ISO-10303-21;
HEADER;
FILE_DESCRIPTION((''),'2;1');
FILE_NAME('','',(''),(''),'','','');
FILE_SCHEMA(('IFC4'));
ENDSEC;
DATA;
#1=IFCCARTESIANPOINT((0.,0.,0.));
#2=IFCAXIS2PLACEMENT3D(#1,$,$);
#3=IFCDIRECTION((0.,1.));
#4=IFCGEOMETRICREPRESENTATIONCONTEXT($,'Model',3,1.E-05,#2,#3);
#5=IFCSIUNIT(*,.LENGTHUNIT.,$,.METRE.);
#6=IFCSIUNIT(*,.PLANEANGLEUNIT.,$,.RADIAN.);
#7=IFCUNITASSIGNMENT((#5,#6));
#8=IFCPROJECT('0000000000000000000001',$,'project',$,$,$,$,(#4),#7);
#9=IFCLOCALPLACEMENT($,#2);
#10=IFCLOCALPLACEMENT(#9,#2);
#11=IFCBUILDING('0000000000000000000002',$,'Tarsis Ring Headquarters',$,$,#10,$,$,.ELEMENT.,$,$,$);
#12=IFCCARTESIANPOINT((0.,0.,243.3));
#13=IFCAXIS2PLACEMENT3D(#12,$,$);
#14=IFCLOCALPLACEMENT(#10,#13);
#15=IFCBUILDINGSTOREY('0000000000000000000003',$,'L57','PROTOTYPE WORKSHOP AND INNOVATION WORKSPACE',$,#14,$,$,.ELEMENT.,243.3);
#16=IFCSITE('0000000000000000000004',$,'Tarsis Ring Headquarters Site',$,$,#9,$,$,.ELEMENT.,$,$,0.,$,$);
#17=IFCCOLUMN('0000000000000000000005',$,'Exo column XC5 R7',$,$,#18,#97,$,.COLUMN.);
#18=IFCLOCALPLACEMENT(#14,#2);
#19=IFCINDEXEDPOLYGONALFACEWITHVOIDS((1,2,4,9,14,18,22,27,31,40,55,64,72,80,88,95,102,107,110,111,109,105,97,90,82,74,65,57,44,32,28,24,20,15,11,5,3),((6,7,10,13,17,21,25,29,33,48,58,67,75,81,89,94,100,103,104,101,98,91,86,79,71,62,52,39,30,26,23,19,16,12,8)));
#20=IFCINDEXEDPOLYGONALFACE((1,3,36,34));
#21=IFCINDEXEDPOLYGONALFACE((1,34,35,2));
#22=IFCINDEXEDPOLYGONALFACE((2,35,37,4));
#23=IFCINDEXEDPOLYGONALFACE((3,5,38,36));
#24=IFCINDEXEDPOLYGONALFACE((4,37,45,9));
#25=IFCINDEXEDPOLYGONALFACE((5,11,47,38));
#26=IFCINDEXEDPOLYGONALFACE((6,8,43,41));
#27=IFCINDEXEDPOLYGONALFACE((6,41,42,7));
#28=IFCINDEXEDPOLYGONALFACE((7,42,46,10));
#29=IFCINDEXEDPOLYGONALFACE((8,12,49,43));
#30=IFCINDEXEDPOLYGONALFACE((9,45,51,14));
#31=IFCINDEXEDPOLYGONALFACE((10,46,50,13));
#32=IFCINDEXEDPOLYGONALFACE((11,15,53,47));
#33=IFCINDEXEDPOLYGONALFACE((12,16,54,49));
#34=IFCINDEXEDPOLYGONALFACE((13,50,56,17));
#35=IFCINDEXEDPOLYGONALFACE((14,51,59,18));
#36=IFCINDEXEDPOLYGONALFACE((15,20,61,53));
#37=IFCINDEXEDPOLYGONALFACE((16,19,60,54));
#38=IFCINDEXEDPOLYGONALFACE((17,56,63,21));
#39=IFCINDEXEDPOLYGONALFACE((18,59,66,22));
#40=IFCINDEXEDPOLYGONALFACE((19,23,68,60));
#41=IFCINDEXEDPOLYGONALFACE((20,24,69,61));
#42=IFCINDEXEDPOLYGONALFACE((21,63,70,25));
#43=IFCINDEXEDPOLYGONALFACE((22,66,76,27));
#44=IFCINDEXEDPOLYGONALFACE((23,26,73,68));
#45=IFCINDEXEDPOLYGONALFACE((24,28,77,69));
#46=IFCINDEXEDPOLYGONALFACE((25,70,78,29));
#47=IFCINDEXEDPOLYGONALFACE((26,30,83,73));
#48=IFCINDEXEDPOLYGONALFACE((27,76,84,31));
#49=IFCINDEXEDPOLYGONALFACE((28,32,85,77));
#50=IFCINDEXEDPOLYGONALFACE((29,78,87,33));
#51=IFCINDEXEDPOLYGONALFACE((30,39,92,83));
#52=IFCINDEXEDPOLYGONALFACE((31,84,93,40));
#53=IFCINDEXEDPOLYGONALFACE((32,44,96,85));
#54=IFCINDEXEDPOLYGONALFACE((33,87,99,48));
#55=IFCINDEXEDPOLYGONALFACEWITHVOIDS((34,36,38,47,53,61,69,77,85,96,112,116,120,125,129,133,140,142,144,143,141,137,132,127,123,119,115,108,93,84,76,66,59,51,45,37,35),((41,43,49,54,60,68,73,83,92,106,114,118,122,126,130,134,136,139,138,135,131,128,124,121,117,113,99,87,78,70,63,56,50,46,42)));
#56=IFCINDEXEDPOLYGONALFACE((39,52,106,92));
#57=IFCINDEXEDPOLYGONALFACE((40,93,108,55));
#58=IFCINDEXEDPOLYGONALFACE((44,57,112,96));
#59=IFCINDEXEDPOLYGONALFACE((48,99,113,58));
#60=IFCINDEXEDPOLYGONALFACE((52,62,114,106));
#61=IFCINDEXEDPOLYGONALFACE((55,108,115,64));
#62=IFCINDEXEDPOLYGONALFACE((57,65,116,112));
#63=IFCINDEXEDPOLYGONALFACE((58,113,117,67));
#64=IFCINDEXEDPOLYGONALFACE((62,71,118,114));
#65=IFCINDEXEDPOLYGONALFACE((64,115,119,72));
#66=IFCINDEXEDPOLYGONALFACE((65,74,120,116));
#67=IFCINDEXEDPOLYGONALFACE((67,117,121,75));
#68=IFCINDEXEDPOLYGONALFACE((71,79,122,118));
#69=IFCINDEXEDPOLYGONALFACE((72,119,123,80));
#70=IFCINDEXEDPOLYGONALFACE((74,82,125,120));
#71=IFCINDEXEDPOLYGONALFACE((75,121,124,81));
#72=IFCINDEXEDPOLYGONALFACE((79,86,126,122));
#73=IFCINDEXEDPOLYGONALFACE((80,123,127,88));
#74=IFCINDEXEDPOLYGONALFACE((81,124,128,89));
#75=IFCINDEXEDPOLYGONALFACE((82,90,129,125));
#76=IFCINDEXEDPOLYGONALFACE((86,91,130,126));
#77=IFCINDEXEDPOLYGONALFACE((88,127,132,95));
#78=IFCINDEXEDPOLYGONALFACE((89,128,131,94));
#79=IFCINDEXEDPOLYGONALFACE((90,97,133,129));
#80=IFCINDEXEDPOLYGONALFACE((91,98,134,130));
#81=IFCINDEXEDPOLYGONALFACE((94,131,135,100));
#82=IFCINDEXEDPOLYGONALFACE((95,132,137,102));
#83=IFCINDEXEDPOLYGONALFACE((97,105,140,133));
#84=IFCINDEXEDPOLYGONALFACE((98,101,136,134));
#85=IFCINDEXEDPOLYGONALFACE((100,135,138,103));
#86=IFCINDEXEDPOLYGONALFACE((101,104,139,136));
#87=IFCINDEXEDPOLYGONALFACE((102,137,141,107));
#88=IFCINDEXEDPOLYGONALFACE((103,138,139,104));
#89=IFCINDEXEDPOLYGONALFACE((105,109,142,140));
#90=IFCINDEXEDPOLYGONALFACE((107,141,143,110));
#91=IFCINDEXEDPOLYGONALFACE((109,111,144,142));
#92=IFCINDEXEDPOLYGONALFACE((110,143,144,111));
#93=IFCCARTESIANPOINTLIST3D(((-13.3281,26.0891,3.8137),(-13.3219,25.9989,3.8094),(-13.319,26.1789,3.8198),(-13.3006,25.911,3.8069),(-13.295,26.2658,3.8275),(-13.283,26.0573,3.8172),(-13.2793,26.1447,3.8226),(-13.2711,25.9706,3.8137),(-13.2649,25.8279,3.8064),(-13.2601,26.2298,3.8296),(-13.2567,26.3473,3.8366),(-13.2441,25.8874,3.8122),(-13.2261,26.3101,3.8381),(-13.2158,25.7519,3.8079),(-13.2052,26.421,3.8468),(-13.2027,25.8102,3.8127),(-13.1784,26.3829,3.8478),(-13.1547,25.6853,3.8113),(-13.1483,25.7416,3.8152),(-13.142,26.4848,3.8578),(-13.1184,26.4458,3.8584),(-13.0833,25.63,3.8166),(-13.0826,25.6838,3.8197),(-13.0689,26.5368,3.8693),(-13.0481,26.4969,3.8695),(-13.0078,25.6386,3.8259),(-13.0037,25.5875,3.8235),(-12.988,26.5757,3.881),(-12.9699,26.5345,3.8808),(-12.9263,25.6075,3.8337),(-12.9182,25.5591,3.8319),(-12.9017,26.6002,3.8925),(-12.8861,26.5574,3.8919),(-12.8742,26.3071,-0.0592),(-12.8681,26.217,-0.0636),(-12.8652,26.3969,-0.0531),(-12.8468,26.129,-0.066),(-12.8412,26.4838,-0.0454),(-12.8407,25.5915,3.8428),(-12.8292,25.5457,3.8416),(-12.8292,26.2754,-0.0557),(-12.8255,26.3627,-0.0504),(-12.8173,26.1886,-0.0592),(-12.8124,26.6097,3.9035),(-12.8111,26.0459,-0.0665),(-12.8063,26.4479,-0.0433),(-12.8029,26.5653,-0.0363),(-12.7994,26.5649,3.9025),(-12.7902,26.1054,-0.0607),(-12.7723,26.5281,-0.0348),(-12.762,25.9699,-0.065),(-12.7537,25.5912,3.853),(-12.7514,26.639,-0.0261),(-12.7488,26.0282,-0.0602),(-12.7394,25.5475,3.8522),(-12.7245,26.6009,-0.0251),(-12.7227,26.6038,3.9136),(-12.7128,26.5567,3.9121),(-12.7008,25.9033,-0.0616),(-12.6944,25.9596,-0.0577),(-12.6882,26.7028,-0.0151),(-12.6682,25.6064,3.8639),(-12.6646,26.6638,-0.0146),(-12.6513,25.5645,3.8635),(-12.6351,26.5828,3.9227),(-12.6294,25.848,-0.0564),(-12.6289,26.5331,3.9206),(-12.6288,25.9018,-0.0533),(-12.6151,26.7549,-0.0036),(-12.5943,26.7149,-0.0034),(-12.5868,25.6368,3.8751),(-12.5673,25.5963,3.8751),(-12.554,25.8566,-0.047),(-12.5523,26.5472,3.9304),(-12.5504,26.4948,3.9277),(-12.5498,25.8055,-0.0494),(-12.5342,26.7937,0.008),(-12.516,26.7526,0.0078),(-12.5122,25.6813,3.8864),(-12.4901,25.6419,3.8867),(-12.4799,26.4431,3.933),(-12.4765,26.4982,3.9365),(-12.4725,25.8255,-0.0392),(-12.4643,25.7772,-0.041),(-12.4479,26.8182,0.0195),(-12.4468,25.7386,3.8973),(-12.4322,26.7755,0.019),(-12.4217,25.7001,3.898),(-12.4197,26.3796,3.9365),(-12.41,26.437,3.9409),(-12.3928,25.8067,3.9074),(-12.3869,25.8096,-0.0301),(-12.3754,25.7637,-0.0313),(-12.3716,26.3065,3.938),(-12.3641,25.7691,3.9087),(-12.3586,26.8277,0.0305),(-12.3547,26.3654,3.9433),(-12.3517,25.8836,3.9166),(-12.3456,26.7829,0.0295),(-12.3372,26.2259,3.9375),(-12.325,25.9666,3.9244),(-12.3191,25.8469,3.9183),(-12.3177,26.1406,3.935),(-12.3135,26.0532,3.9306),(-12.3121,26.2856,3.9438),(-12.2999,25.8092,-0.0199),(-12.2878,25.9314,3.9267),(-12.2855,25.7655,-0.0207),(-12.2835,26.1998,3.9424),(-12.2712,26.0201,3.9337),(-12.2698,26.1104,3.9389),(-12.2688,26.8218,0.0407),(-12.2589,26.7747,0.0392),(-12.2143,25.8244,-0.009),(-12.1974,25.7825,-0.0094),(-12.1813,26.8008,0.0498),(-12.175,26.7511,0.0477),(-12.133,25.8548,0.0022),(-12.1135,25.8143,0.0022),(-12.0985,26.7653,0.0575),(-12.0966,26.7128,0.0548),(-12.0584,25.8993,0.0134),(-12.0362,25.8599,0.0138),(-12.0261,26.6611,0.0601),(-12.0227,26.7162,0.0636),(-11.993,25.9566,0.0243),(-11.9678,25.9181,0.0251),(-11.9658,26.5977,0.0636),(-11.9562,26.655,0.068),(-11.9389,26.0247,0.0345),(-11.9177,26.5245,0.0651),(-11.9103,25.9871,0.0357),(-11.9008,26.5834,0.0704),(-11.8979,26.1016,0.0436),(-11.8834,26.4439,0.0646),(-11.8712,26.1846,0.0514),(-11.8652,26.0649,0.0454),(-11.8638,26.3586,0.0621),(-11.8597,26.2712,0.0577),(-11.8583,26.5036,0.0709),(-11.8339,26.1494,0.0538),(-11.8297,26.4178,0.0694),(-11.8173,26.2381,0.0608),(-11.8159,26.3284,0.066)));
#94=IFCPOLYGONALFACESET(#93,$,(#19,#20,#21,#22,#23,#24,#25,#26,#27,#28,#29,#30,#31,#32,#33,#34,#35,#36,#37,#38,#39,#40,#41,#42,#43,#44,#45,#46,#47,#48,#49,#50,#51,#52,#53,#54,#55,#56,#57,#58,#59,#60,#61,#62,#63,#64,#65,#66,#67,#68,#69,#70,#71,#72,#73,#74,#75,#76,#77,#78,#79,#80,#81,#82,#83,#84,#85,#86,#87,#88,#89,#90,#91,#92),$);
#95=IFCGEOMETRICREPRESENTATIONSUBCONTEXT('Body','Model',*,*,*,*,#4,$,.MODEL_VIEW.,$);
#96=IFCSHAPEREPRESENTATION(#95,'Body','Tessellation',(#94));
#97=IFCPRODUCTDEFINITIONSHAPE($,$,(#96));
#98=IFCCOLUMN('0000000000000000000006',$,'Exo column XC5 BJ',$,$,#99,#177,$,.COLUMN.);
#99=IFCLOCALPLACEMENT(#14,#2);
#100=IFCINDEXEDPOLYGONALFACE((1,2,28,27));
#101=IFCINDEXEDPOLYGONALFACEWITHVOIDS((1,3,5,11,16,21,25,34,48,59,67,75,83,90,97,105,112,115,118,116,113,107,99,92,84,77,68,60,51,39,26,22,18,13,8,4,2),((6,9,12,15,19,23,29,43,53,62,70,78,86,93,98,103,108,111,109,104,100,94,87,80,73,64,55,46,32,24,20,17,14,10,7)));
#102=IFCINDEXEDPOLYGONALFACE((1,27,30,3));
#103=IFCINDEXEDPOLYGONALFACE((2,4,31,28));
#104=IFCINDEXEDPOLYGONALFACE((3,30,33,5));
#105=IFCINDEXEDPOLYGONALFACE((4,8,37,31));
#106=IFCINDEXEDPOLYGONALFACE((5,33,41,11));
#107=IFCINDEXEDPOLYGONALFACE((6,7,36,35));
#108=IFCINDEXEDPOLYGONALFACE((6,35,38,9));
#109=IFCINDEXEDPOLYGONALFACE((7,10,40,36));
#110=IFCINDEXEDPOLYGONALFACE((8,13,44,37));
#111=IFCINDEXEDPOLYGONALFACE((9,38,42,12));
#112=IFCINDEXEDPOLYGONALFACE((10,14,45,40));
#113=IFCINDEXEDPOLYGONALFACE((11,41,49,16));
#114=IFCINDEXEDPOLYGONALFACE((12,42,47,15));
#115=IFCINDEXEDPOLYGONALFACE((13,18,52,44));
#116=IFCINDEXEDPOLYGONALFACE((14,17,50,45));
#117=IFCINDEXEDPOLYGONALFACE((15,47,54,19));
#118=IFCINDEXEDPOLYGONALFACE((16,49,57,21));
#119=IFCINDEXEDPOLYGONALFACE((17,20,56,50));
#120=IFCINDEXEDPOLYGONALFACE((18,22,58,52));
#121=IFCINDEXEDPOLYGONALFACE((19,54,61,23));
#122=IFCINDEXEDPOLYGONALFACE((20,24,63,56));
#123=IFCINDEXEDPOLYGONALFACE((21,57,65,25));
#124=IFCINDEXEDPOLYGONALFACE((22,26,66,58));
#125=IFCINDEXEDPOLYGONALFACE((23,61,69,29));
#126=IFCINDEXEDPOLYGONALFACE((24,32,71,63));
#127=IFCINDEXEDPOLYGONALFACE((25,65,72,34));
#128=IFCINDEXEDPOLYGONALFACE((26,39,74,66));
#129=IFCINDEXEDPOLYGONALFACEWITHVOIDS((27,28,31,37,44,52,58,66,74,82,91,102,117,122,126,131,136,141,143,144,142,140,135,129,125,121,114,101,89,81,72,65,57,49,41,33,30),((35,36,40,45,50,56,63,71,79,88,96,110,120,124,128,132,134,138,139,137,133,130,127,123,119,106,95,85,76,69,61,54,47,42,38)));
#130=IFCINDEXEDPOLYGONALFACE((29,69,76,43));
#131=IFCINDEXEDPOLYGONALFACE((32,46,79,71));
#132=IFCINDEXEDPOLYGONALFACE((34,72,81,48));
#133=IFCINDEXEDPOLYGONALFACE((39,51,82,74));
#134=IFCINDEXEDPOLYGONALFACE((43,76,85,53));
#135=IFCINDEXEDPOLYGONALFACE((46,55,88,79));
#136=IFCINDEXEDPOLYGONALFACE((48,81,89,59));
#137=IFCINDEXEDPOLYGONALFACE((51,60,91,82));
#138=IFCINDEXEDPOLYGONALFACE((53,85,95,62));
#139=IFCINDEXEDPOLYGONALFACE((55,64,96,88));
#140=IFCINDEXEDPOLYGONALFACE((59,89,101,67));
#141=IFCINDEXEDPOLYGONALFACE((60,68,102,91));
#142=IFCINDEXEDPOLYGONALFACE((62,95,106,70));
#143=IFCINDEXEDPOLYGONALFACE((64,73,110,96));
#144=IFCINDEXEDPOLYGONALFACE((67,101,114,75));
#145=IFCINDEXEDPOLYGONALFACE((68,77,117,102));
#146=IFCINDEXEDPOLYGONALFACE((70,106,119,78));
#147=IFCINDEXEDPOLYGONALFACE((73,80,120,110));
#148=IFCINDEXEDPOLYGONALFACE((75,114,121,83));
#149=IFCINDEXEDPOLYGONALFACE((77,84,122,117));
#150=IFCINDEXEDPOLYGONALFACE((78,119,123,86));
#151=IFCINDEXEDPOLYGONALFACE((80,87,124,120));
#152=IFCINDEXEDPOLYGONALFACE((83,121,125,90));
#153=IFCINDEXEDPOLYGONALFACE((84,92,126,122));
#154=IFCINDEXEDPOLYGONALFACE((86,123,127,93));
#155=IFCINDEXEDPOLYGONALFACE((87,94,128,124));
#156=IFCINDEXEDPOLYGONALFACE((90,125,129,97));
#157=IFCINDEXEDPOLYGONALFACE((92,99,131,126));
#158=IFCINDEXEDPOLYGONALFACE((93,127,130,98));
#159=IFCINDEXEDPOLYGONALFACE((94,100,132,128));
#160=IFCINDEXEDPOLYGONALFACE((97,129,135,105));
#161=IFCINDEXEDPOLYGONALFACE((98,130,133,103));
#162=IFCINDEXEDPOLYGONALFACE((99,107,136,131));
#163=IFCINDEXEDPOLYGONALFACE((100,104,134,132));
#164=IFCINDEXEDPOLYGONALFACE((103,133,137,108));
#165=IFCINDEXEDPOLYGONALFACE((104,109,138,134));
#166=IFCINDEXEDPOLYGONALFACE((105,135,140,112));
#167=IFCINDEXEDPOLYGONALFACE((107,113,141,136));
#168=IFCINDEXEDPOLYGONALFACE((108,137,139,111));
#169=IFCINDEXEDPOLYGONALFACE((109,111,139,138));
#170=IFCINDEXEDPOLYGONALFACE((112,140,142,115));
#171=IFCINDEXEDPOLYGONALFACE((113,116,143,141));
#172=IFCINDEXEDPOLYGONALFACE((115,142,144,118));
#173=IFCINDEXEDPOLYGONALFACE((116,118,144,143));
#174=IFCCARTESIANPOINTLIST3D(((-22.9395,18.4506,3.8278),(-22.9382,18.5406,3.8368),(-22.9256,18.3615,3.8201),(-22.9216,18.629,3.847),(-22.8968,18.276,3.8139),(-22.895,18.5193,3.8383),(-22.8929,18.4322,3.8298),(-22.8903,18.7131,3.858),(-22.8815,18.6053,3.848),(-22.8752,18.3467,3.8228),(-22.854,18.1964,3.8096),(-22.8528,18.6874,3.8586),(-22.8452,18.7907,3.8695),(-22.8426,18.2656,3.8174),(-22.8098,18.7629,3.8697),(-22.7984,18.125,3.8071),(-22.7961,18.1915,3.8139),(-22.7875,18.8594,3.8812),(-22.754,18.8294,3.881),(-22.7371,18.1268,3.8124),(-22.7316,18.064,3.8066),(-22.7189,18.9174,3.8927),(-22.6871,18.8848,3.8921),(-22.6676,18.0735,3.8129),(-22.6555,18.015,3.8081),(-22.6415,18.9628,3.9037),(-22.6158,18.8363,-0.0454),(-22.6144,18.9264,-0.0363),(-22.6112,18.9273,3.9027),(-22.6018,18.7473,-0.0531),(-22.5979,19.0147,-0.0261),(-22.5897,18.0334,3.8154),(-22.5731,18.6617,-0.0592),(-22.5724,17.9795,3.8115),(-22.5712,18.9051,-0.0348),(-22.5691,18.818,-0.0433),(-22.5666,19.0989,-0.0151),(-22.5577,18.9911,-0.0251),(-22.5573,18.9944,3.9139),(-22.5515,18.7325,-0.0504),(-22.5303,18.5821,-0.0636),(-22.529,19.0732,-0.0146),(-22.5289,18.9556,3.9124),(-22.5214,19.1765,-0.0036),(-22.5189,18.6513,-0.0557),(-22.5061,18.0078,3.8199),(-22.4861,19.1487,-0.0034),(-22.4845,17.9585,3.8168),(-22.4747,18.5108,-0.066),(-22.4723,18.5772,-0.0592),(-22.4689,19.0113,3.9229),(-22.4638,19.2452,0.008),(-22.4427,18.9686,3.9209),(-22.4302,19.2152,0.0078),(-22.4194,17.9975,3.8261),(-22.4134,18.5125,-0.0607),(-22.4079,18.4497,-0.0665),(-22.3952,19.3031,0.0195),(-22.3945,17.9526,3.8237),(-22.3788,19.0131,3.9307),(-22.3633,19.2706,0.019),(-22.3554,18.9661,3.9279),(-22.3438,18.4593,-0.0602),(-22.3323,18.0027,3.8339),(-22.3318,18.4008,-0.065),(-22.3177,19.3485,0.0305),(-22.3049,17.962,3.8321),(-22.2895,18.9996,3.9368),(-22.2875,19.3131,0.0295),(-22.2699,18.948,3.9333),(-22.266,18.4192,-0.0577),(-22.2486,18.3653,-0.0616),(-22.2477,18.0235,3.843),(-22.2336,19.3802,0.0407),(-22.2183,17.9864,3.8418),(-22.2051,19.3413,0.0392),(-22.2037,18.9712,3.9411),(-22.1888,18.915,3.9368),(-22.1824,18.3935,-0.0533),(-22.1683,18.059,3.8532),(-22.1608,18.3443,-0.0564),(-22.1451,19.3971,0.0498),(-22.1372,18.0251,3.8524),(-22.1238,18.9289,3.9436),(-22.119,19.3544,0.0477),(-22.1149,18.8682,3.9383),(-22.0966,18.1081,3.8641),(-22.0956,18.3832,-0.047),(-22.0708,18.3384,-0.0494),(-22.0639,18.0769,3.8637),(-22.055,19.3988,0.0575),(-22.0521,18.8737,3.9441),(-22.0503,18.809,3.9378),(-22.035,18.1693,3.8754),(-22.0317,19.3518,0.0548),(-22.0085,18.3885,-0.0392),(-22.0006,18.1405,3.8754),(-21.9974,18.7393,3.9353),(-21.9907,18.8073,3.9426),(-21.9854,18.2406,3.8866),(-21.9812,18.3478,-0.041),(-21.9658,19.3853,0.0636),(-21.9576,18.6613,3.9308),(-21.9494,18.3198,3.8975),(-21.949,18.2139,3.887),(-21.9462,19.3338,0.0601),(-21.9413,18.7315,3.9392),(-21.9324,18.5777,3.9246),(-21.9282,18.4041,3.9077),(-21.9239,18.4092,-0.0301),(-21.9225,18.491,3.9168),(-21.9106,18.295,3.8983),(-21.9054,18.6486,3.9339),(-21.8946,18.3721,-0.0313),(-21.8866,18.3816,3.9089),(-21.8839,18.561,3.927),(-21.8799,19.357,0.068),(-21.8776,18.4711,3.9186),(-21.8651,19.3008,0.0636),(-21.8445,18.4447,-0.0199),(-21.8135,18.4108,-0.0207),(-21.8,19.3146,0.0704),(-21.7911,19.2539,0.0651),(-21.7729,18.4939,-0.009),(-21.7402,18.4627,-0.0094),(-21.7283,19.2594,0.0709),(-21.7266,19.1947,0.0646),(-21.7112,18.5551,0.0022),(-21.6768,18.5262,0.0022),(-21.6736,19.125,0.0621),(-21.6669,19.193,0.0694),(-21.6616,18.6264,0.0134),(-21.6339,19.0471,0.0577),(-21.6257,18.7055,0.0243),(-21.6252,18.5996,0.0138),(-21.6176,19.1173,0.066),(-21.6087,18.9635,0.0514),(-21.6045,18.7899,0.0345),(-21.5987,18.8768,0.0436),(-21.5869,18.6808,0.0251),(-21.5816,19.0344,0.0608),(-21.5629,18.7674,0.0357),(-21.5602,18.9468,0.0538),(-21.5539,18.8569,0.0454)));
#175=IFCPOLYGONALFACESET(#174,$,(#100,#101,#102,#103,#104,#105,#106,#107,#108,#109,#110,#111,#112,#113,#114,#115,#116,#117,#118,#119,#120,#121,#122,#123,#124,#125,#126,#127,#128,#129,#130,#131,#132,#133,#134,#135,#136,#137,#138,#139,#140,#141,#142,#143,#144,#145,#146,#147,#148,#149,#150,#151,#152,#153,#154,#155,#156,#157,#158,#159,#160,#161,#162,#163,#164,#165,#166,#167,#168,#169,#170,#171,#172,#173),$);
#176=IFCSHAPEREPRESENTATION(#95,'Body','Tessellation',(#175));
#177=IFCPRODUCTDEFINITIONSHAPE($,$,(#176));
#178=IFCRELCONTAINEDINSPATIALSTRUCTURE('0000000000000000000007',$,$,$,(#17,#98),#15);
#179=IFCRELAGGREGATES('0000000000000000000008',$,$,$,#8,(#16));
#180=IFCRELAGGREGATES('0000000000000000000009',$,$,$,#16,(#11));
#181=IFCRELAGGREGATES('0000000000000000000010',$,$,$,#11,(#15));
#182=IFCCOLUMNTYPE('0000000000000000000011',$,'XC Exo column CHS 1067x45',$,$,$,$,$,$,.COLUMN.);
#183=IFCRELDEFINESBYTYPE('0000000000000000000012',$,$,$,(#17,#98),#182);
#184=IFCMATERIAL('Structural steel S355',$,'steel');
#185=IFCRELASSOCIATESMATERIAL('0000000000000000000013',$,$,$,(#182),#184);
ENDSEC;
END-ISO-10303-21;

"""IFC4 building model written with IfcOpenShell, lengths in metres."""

from ifc_helpers import new_model, si_unit, direction, frame, origin, origin_2d, place, context, subcontext, project, spatial, hollow_circle, extrude, material, material_profile, profile_set, type_object, element, save


model = new_model("IFC4")

# Units and contexts
model_context = context("Model", 3, precision=1e-05, world=origin(), true_north=direction((0.0, 1.0)))
body_context = subcontext(model_context, "Body", "Model", "MODEL_VIEW")
ifc_project = project(units=[si_unit("LENGTHUNIT", "METRE"), si_unit("PLANEANGLEUNIT", "RADIAN")], contexts=[model_context])

# Site, building, storey
site_placement = place(None, origin())
site = spatial("IfcSite", under=ifc_project, at=site_placement, Name="Tarsis Ring Headquarters Site", CompositionType="ELEMENT", RefElevation=0.0)
building_placement = place(site_placement, origin())
building = spatial("IfcBuilding", under=site, at=building_placement, Name="Tarsis Ring Headquarters", CompositionType="ELEMENT")
storey_placement = place(building_placement, frame((0.0, 0.0, 243.3)))
storey = spatial("IfcBuildingStorey", under=building, at=storey_placement, Name="L57", Description="PROTOTYPE WORKSHOP AND INNOVATION WORKSPACE", CompositionType="ELEMENT", Elevation=243.3)

# Columns
ifc_material_1 = material(Name="Structural steel S355", Category="steel")
ifc_material_profile_1 = material_profile(ifc_material_1, hollow_circle(Radius=0.5334, WallThickness=0.0449, at=origin_2d()), Name="CHS 1067x45")
ifc_profile_set_1 = profile_set([ifc_material_profile_1], Name="Structural steel S355")
column_type = type_object("IfcColumnType", Name="XC Exo column CHS 1067x45", PredefinedType="COLUMN", material=ifc_profile_set_1)
column_1_placement = place(storey_placement, frame((-12.3445, 26.2952, 0.0022), z_axis=(-0.116206, -0.055821, 0.991655), x_axis=(0.432999, -0.901394, 0.0)))
element("IfcColumn", 1, at=column_1_placement, inside=storey, type_object=column_type, Name="Exo column XC5 R7", PredefinedType="COLUMN", context=body_context, shape_type="SweptSolid", body=[
    extrude(hollow_circle(Radius=0.5334, WallThickness=0.0449, at=origin_2d()), origin(), (0.0, 0.0, 1.0), 3.9055),
])
column_2_placement = place(storey_placement, frame((-22.0854, 18.8691, 0.0022), z_axis=(-0.082888, -0.098765, 0.991653), x_axis=(0.765991, -0.642851, 0.0)))
element("IfcColumn", 2, at=column_2_placement, inside=storey, type_object=column_type, Name="Exo column XC5 BJ", PredefinedType="COLUMN", context=body_context, shape_type="SweptSolid", body=[
    extrude(hollow_circle(Radius=0.5334, WallThickness=0.0449, at=origin_2d()), origin(), (0.0, 0.0, 1.0), 3.9058),
])

save(model, "model.ifc")
